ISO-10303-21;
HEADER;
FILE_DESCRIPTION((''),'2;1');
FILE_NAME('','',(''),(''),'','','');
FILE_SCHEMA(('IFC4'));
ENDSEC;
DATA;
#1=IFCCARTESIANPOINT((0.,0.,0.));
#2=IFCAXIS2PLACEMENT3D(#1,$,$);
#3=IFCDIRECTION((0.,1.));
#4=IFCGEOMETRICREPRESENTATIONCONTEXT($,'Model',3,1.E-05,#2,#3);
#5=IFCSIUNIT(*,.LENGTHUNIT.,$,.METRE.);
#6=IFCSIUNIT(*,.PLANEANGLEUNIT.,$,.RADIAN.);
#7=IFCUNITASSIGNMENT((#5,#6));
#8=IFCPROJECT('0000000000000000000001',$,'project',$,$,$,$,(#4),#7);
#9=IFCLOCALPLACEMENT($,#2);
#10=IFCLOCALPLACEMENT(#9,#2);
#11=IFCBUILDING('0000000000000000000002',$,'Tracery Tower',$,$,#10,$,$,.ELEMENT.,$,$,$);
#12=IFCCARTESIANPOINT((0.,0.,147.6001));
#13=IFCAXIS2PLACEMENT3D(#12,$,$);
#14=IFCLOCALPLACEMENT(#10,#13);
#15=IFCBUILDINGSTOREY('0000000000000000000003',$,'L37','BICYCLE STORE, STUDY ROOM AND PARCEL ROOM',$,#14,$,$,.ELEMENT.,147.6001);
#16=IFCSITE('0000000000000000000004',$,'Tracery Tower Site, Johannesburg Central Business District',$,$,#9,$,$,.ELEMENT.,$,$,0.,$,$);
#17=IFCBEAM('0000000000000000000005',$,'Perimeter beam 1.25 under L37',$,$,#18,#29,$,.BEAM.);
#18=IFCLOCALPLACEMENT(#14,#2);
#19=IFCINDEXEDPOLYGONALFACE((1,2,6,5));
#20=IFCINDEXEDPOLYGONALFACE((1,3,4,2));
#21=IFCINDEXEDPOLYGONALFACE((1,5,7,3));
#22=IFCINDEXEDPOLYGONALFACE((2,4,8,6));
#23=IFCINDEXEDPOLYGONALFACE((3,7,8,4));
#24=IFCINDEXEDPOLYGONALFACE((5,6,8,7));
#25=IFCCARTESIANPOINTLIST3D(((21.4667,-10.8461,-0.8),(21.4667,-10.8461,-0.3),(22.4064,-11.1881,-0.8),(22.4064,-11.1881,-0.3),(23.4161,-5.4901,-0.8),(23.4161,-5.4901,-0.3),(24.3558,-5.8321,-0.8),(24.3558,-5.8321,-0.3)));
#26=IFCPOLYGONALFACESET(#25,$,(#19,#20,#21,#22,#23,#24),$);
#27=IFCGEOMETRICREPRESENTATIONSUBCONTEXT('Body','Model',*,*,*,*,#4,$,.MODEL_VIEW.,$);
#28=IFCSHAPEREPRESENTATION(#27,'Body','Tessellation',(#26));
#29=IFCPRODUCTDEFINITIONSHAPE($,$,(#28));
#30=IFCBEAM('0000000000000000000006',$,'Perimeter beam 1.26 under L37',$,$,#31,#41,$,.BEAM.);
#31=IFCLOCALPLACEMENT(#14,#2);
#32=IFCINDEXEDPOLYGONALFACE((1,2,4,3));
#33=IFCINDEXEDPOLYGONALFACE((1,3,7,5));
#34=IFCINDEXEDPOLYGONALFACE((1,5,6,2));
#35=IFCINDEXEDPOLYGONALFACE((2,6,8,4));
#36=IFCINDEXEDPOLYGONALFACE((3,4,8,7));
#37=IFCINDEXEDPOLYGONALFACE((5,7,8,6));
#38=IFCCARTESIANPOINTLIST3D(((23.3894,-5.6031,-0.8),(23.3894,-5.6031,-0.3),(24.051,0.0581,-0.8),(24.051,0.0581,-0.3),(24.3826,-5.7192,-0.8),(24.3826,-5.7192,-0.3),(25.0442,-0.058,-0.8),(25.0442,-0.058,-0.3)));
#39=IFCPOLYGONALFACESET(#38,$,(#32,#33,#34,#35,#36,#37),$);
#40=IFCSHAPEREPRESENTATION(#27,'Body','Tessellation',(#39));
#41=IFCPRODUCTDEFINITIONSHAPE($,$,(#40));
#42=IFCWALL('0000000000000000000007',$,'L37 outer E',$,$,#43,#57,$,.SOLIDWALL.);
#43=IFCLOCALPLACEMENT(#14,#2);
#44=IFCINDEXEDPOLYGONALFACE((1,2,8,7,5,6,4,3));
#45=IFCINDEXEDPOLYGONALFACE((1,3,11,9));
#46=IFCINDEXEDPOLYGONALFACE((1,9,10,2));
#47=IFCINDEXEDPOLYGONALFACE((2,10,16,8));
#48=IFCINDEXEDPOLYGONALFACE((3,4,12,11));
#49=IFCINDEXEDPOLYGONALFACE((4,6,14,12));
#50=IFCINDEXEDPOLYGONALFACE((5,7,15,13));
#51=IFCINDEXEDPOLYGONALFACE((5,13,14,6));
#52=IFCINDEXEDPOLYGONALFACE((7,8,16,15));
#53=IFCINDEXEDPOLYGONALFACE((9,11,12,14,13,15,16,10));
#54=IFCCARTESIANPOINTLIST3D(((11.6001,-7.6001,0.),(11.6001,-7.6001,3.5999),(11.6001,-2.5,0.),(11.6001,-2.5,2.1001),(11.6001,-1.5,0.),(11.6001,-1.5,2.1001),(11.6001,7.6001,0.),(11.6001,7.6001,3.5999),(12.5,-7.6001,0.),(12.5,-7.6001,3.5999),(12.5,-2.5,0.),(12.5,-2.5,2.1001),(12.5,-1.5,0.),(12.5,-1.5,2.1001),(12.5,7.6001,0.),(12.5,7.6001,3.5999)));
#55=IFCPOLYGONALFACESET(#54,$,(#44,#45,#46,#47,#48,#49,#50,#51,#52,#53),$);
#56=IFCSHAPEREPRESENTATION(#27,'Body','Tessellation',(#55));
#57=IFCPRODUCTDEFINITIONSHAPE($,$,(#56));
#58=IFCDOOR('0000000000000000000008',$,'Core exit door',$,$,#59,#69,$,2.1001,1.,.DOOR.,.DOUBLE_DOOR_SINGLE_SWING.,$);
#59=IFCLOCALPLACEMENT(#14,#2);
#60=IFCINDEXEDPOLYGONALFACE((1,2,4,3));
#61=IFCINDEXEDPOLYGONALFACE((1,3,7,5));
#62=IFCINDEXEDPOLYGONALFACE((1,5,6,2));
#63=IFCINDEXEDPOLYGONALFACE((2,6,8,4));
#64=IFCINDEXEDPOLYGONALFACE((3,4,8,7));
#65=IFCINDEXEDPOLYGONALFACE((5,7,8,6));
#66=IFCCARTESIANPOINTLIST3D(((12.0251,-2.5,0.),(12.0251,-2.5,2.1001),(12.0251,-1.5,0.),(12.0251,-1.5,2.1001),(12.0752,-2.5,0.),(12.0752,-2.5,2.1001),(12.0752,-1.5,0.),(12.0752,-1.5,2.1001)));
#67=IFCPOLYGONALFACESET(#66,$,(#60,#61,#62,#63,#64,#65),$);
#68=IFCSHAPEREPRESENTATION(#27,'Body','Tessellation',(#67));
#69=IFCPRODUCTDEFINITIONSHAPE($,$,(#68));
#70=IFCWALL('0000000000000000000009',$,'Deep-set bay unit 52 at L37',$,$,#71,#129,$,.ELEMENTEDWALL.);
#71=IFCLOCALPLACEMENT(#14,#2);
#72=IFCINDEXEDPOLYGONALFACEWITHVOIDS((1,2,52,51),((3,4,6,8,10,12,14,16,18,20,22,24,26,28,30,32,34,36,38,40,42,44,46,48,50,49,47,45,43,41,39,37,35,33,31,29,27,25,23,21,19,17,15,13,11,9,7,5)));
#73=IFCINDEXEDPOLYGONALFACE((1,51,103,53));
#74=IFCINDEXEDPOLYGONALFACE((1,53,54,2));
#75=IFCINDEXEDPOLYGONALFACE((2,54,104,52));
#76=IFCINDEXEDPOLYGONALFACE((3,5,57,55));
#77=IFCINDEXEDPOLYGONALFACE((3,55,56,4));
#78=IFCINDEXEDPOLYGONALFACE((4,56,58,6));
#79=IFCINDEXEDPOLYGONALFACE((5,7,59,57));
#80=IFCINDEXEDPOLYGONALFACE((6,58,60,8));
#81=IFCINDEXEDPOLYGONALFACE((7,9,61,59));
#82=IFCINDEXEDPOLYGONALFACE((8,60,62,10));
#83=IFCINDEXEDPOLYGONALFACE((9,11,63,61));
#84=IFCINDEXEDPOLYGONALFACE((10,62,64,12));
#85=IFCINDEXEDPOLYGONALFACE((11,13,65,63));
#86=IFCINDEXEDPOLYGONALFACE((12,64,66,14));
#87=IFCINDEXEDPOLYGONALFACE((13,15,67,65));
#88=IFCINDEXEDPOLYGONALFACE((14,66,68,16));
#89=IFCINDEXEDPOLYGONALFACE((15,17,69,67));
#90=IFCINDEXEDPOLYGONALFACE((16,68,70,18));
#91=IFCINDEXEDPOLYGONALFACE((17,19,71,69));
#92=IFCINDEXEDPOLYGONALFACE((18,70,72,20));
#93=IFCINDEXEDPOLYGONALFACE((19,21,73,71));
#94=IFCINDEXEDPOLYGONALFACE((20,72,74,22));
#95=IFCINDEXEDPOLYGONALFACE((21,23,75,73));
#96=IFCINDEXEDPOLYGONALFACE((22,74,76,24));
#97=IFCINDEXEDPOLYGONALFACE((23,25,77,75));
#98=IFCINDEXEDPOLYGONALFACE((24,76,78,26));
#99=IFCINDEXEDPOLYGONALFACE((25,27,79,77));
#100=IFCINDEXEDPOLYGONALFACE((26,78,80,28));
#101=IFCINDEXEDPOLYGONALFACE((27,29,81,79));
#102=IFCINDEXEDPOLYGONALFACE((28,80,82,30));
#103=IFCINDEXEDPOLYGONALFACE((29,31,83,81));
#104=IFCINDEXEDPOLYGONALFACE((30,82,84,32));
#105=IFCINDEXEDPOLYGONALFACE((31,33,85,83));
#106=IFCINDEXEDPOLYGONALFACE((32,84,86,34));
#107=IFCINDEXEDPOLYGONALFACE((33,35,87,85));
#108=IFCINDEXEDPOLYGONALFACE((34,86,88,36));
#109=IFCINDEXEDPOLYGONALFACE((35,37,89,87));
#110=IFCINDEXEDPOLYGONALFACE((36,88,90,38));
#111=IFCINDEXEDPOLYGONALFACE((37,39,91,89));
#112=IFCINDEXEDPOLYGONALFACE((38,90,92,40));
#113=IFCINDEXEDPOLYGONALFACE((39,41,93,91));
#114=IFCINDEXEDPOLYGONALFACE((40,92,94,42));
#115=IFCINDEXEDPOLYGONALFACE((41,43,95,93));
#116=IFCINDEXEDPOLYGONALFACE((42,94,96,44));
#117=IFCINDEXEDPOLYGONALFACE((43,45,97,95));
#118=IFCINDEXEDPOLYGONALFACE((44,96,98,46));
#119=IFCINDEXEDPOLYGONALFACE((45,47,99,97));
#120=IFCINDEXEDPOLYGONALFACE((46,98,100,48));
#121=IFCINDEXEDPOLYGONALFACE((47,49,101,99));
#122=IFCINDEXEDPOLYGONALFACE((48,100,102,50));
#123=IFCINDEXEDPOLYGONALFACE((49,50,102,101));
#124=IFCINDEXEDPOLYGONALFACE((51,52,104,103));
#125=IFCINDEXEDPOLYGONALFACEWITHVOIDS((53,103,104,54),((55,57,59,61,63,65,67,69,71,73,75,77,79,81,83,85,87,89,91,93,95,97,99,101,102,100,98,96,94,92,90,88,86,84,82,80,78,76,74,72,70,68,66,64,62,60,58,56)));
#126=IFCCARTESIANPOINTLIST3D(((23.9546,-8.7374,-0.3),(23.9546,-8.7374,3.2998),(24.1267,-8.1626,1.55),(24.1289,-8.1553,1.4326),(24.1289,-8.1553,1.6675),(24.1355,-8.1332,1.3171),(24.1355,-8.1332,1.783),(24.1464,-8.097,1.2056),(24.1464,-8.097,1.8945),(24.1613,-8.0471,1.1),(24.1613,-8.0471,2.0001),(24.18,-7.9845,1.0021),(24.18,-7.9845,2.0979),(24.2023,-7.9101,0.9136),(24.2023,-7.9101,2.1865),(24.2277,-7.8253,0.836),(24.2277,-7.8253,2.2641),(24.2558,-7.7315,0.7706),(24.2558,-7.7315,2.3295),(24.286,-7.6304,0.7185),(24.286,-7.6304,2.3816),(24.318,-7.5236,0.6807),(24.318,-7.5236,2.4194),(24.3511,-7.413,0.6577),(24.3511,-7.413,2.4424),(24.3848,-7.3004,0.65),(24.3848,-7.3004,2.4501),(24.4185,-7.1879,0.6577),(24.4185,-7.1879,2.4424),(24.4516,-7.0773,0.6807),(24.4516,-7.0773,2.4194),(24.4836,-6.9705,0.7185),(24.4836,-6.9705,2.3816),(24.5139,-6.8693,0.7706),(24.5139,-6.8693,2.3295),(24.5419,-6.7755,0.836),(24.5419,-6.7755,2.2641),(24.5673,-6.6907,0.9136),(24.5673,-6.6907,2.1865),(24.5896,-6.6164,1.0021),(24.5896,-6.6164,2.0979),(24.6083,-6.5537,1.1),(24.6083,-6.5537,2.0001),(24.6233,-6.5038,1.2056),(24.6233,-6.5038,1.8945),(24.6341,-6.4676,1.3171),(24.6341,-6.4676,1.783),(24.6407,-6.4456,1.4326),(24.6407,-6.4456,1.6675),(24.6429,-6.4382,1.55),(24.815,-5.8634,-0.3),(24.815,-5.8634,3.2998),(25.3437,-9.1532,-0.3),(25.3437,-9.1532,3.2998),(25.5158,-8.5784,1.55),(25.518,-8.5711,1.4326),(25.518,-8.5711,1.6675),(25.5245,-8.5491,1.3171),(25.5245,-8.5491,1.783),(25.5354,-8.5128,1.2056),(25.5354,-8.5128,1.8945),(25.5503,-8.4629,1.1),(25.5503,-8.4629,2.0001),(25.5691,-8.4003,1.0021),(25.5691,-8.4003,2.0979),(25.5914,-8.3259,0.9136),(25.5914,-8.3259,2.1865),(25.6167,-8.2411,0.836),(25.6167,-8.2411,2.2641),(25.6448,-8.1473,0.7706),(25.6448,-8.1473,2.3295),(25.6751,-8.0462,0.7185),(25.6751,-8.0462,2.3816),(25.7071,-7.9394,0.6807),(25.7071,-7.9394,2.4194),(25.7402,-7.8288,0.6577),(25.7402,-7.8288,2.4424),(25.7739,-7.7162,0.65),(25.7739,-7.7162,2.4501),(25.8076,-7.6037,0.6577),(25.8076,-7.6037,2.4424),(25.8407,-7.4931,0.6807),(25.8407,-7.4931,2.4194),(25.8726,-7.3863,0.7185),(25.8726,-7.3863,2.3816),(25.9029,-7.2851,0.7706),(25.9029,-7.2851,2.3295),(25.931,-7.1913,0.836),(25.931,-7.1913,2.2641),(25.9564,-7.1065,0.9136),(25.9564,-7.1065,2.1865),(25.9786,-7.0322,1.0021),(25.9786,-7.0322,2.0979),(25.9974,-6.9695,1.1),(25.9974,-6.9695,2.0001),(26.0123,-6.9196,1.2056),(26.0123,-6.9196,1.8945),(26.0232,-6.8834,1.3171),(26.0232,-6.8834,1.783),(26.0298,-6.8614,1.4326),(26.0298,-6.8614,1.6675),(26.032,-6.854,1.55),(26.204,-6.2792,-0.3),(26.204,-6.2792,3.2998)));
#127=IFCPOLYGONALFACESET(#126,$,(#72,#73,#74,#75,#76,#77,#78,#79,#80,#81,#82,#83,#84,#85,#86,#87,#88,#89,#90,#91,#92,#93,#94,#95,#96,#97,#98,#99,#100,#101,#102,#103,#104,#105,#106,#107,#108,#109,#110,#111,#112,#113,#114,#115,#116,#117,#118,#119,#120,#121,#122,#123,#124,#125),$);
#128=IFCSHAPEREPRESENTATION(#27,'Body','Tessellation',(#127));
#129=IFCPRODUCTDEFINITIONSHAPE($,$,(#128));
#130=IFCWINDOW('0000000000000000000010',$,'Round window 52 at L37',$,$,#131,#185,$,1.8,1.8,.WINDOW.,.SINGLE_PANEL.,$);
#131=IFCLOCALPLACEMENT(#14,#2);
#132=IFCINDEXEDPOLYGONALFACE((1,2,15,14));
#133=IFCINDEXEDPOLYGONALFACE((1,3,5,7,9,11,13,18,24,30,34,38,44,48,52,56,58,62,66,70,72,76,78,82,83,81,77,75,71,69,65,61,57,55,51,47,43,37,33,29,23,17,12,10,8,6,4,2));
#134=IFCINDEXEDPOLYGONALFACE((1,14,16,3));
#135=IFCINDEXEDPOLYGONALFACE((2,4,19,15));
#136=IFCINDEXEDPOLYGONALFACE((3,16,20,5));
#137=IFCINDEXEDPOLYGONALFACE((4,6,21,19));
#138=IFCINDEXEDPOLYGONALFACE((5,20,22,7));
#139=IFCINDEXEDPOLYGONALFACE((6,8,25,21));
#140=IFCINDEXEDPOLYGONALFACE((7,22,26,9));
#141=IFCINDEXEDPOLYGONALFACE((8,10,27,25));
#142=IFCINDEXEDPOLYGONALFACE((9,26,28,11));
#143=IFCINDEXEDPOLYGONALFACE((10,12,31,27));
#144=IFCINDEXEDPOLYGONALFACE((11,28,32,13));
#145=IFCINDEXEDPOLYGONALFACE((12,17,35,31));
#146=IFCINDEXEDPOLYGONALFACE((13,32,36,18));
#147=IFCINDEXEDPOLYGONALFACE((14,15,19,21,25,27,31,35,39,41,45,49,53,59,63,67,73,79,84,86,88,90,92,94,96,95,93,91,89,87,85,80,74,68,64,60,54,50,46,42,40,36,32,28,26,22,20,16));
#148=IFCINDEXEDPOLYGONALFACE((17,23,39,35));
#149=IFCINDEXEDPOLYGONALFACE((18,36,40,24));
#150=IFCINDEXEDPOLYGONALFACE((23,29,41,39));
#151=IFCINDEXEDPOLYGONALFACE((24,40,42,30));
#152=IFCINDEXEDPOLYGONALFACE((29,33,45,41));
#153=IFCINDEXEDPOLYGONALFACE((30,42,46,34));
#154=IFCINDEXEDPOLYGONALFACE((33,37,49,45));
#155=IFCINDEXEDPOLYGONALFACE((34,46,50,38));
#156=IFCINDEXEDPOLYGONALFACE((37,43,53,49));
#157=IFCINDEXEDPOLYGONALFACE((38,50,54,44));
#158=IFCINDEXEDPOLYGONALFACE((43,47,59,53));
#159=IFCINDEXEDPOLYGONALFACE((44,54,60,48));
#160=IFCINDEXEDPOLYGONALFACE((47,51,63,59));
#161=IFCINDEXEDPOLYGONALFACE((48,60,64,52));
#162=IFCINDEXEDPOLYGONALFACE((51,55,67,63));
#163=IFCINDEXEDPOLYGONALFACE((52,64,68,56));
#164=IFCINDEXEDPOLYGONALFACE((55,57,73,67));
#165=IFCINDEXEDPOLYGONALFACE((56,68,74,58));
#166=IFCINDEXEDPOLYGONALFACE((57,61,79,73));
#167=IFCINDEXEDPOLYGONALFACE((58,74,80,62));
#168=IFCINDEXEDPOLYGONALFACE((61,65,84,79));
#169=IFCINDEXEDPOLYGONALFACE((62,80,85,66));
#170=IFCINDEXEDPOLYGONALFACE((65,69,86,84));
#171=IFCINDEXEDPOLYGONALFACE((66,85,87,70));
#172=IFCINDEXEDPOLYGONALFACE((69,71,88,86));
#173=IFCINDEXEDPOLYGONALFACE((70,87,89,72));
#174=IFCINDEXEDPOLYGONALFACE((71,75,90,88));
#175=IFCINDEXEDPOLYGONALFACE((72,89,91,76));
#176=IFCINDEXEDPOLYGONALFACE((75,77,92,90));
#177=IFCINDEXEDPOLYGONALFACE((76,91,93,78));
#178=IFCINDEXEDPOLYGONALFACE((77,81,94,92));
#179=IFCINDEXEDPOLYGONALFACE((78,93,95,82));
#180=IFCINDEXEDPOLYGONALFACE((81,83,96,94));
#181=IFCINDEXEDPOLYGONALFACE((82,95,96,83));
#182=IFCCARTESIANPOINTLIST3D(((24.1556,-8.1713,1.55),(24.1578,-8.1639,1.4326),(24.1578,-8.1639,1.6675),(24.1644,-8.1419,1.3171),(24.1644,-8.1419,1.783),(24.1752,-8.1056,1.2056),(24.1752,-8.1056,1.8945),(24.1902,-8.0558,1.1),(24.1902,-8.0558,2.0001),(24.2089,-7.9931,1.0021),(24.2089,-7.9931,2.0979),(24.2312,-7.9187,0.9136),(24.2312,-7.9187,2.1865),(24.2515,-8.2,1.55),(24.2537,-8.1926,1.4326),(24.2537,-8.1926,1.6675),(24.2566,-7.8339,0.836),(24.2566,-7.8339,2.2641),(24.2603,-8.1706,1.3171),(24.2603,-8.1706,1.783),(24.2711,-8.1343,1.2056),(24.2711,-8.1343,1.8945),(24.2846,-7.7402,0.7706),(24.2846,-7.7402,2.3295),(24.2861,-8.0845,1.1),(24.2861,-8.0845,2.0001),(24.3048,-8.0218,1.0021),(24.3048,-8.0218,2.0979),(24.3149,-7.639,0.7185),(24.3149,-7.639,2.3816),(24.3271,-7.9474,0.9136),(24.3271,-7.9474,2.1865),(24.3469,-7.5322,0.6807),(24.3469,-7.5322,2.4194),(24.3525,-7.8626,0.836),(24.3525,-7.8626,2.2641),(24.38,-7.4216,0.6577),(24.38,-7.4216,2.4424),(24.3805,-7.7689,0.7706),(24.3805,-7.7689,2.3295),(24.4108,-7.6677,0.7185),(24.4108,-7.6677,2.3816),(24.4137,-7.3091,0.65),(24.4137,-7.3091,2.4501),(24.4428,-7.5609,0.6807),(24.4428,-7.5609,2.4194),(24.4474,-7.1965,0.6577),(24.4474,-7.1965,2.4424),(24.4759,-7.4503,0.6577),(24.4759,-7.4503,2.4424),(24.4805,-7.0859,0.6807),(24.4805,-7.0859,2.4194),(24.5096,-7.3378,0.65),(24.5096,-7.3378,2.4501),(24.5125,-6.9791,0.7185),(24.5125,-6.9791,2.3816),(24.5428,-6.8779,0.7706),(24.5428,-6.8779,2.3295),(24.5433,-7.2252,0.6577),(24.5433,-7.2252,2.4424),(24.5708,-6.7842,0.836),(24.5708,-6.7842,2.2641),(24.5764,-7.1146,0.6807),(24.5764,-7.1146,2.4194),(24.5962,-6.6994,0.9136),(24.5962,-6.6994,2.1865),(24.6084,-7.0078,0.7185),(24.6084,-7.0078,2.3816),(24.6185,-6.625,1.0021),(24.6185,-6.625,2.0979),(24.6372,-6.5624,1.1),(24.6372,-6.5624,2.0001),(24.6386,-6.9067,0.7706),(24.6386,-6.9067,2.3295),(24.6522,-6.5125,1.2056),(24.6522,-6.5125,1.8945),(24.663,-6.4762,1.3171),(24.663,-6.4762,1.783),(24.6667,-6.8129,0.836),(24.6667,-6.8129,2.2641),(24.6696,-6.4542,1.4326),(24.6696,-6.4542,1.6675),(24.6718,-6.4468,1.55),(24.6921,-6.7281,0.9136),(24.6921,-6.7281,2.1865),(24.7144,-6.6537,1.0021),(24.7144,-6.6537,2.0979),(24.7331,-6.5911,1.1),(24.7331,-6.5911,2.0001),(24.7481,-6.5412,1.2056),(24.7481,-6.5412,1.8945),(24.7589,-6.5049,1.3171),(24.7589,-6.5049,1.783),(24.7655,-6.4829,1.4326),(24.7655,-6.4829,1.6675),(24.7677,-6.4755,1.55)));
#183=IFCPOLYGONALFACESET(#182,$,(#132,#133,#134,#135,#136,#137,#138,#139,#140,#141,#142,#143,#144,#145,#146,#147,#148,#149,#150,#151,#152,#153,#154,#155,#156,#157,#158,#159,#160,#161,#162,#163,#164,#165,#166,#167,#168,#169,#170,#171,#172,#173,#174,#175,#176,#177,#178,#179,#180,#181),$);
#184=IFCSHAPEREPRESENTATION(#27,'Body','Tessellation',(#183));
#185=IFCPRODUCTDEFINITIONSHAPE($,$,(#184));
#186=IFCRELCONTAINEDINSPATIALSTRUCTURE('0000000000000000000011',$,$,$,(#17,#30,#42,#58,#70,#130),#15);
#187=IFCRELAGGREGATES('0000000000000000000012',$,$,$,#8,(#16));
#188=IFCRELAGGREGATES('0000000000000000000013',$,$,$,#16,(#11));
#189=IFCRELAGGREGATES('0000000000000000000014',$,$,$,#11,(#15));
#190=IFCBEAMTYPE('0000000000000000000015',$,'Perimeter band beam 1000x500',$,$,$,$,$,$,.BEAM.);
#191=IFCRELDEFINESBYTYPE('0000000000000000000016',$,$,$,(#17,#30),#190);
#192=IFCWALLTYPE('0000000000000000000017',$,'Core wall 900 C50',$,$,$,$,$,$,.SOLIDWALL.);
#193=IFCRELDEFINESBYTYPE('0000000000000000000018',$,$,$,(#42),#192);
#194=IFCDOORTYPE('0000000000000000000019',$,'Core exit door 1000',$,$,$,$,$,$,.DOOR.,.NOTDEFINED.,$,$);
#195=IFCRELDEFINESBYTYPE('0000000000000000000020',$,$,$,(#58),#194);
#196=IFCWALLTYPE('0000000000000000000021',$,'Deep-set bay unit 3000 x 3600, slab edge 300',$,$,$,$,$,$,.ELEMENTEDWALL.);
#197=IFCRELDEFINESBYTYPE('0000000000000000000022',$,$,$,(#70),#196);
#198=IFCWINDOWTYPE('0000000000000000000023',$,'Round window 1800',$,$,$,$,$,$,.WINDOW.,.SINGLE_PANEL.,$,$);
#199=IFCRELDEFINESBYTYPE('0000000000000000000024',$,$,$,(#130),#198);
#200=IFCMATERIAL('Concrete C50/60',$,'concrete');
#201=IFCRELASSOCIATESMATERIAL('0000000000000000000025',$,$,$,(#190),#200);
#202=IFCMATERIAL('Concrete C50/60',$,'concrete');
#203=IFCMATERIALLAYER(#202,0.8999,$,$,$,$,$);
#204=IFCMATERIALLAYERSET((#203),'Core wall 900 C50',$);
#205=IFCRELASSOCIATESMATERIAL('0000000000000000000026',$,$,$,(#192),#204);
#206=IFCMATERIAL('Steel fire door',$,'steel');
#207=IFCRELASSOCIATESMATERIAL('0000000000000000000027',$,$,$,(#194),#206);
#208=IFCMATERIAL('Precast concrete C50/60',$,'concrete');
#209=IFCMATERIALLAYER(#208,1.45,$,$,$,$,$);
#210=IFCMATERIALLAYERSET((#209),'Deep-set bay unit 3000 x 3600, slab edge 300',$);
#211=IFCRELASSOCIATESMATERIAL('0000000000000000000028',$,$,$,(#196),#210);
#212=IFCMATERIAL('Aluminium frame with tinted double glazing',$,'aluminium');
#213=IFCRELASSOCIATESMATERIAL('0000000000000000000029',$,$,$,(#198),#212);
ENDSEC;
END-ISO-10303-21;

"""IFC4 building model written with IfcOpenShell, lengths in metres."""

from ifc_helpers import new_model, si_unit, direction, frame, frame_2d, origin, origin_2d, place, context, subcontext, project, spatial, rectangle, circle, extrude, material, layer, layer_set, material_profile, profile_set, type_object, element, fill, save


model = new_model("IFC4")

# Units and contexts
model_context = context("Model", 3, precision=1e-05, world=origin(), true_north=direction((0.0, 1.0)))
body_context = subcontext(model_context, "Body", "Model", "MODEL_VIEW")
ifc_project = project(units=[si_unit("LENGTHUNIT", "METRE"), si_unit("PLANEANGLEUNIT", "RADIAN")], contexts=[model_context])

# Site, building, storey
site_placement = place(None, origin())
site = spatial("IfcSite", under=ifc_project, at=site_placement, Name="Tracery Tower Site, Johannesburg Central Business District", CompositionType="ELEMENT", RefElevation=0.0)
building_placement = place(site_placement, origin())
building = spatial("IfcBuilding", under=site, at=building_placement, Name="Tracery Tower", CompositionType="ELEMENT")
storey_placement = place(building_placement, frame((0.0, 0.0, 147.6001)))
storey = spatial("IfcBuildingStorey", under=building, at=storey_placement, Name="L37", Description="BICYCLE STORE, STUDY ROOM AND PARCEL ROOM", CompositionType="ELEMENT", Elevation=147.6001)

# Beams
ifc_material_1 = material(Name="Concrete C50/60", Category="concrete")
ifc_material_profile_1 = material_profile(ifc_material_1, rectangle(XDim=1.0, YDim=0.5, at=origin_2d()), Name="RC 1000x500")
ifc_profile_set_1 = profile_set([ifc_material_profile_1], Name="Concrete C50/60")
beam_type = type_object("IfcBeamType", Name="Perimeter band beam 1000x500", PredefinedType="BEAM", material=ifc_profile_set_1)
for number, where, z_axis, x_axis, name in (
    (1, (21.9365, -11.0171, -0.55), (0.342029, 0.93969, 0.0), (-0.93969, 0.342029, 0.0), "Perimeter beam 1.25 under L37"),
    (2, (23.886, -5.6611, -0.55), (0.116081, 0.99324, 0.0), (-0.99324, 0.116081, 0.0), "Perimeter beam 1.26 under L37"),
):
    element("IfcBeam", number, at=place(storey_placement, frame(where, z_axis=z_axis, x_axis=x_axis)), inside=storey, type_object=beam_type, Name=name, PredefinedType="BEAM", context=body_context, shape_type="SweptSolid", body=[
        extrude(rectangle(XDim=1.0, YDim=0.5, at=origin_2d()), origin(), (0.0, 0.0, 1.0), 5.6997),
    ])

# Wall, opening, door
ifc_material_2 = material(Name="Concrete C50/60", Category="concrete")
ifc_layer_1 = layer(ifc_material_2, 0.8999)
ifc_layer_set_1 = layer_set([ifc_layer_1], Name="Core wall 900 C50")
wall_type_1 = type_object("IfcWallType", Name="Core wall 900 C50", PredefinedType="SOLIDWALL", material=ifc_layer_set_1)
wall_1_placement = place(storey_placement, frame((12.05, -7.6001, 0.0), z_axis=(0.0, 0.0, 1.0), x_axis=(0.0, 1.0, 0.0)))
wall_1 = element("IfcWall", 3, at=wall_1_placement, inside=storey, type_object=wall_type_1, Name="L37 outer E", PredefinedType="SOLIDWALL", context=body_context, shape_type="SweptSolid", body=[
    extrude(rectangle(XDim=15.2002, YDim=0.8999, at=frame_2d((7.6001, 0.0))), origin(), (0.0, 0.0, 1.0), 3.5999),
])
opening_1_placement = place(wall_1_placement, frame((5.1001, 0.0, 0.0)))
opening_1 = element("IfcOpeningElement", 4, at=opening_1_placement, cuts=wall_1, PredefinedType="OPENING", context=body_context, shape_type="SweptSolid", body=[
    extrude(rectangle(XDim=1.0, YDim=2.1001, at=frame_2d((0.5, 1.05))), frame((0.0, 0.45, 0.0), z_axis=(0.0, -1.0, 0.0), x_axis=(1.0, 0.0, 0.0)), (0.0, 0.0, 1.0), 0.8999),
])
ifc_material_3 = material(Name="Steel fire door", Category="steel")
door_type_1 = type_object("IfcDoorType", Name="Core exit door 1000", OperationType="NOTDEFINED", PredefinedType="DOOR", material=ifc_material_3)
door_1_placement = place(opening_1_placement, origin())
door_1 = element("IfcDoor", 5, at=door_1_placement, inside=storey, type_object=door_type_1, Name="Core exit door", OperationType="DOUBLE_DOOR_SINGLE_SWING", OverallHeight=2.1001, OverallWidth=1.0, PredefinedType="DOOR", context=body_context, shape_type="SweptSolid", body=[
    extrude(rectangle(XDim=1.0, YDim=2.1001, at=frame_2d((0.5, 1.05))), frame((0.0, 0.0249, 0.0), z_axis=(0.0, -1.0, 0.0), x_axis=(1.0, 0.0, 0.0)), (0.0, 0.0, 1.0), 0.05),
])
fill(opening_1, door_1)

# Wall, opening, window
ifc_material_4 = material(Name="Precast concrete C50/60", Category="concrete")
ifc_layer_2 = layer(ifc_material_4, 1.45)
ifc_layer_set_2 = layer_set([ifc_layer_2], Name="Deep-set bay unit 3000 x 3600, slab edge 300")
wall_type_2 = type_object("IfcWallType", Name="Deep-set bay unit 3000 x 3600, slab edge 300", PredefinedType="ELEMENTEDWALL", material=ifc_layer_set_2)
wall_2_placement = place(storey_placement, frame((24.6492, -8.9453, -0.3), z_axis=(0.0, 0.0, 1.0), x_axis=(0.28678, 0.957996, 0.0)))
wall_2 = element("IfcWall", 6, at=wall_2_placement, inside=storey, type_object=wall_type_2, Name="Deep-set bay unit 52 at L37", PredefinedType="ELEMENTEDWALL", context=body_context, shape_type="SweptSolid", body=[
    extrude(rectangle(XDim=3.0, YDim=1.45, at=frame_2d((1.5, 0.0))), origin(), (0.0, 0.0, 1.0), 3.5999),
])
opening_2_placement = place(wall_2_placement, frame((1.5, 0.0, 1.8501)))
opening_2 = element("IfcOpeningElement", 7, at=opening_2_placement, cuts=wall_2, PredefinedType="OPENING", context=body_context, shape_type="SweptSolid", body=[
    extrude(circle(Radius=0.9, at=origin_2d()), frame((0.0, 0.7349, 0.0), z_axis=(0.0, -1.0, 0.0), x_axis=(1.0, 0.0, 0.0)), (0.0, 0.0, 1.0), 1.47),
])
ifc_material_5 = material(Name="Aluminium frame with tinted double glazing", Category="aluminium")
window_type = type_object("IfcWindowType", Name="Round window 1800", PartitioningType="SINGLE_PANEL", PredefinedType="WINDOW", material=ifc_material_5)
window_1_placement = place(opening_2_placement, origin())
window_1 = element("IfcWindow", 8, at=window_1_placement, inside=storey, type_object=window_type, Name="Round window 52 at L37", OverallHeight=1.8, OverallWidth=1.8, PartitioningType="SINGLE_PANEL", PredefinedType="WINDOW", context=body_context, shape_type="SweptSolid", body=[
    extrude(circle(Radius=0.9, at=origin_2d()), frame((0.0, 0.6948, 0.0), z_axis=(0.0, -1.0, 0.0), x_axis=(1.0, 0.0, 0.0)), (0.0, 0.0, 1.0), 0.1001),
])
fill(opening_2, window_1)

save(model, "model.ifc")
